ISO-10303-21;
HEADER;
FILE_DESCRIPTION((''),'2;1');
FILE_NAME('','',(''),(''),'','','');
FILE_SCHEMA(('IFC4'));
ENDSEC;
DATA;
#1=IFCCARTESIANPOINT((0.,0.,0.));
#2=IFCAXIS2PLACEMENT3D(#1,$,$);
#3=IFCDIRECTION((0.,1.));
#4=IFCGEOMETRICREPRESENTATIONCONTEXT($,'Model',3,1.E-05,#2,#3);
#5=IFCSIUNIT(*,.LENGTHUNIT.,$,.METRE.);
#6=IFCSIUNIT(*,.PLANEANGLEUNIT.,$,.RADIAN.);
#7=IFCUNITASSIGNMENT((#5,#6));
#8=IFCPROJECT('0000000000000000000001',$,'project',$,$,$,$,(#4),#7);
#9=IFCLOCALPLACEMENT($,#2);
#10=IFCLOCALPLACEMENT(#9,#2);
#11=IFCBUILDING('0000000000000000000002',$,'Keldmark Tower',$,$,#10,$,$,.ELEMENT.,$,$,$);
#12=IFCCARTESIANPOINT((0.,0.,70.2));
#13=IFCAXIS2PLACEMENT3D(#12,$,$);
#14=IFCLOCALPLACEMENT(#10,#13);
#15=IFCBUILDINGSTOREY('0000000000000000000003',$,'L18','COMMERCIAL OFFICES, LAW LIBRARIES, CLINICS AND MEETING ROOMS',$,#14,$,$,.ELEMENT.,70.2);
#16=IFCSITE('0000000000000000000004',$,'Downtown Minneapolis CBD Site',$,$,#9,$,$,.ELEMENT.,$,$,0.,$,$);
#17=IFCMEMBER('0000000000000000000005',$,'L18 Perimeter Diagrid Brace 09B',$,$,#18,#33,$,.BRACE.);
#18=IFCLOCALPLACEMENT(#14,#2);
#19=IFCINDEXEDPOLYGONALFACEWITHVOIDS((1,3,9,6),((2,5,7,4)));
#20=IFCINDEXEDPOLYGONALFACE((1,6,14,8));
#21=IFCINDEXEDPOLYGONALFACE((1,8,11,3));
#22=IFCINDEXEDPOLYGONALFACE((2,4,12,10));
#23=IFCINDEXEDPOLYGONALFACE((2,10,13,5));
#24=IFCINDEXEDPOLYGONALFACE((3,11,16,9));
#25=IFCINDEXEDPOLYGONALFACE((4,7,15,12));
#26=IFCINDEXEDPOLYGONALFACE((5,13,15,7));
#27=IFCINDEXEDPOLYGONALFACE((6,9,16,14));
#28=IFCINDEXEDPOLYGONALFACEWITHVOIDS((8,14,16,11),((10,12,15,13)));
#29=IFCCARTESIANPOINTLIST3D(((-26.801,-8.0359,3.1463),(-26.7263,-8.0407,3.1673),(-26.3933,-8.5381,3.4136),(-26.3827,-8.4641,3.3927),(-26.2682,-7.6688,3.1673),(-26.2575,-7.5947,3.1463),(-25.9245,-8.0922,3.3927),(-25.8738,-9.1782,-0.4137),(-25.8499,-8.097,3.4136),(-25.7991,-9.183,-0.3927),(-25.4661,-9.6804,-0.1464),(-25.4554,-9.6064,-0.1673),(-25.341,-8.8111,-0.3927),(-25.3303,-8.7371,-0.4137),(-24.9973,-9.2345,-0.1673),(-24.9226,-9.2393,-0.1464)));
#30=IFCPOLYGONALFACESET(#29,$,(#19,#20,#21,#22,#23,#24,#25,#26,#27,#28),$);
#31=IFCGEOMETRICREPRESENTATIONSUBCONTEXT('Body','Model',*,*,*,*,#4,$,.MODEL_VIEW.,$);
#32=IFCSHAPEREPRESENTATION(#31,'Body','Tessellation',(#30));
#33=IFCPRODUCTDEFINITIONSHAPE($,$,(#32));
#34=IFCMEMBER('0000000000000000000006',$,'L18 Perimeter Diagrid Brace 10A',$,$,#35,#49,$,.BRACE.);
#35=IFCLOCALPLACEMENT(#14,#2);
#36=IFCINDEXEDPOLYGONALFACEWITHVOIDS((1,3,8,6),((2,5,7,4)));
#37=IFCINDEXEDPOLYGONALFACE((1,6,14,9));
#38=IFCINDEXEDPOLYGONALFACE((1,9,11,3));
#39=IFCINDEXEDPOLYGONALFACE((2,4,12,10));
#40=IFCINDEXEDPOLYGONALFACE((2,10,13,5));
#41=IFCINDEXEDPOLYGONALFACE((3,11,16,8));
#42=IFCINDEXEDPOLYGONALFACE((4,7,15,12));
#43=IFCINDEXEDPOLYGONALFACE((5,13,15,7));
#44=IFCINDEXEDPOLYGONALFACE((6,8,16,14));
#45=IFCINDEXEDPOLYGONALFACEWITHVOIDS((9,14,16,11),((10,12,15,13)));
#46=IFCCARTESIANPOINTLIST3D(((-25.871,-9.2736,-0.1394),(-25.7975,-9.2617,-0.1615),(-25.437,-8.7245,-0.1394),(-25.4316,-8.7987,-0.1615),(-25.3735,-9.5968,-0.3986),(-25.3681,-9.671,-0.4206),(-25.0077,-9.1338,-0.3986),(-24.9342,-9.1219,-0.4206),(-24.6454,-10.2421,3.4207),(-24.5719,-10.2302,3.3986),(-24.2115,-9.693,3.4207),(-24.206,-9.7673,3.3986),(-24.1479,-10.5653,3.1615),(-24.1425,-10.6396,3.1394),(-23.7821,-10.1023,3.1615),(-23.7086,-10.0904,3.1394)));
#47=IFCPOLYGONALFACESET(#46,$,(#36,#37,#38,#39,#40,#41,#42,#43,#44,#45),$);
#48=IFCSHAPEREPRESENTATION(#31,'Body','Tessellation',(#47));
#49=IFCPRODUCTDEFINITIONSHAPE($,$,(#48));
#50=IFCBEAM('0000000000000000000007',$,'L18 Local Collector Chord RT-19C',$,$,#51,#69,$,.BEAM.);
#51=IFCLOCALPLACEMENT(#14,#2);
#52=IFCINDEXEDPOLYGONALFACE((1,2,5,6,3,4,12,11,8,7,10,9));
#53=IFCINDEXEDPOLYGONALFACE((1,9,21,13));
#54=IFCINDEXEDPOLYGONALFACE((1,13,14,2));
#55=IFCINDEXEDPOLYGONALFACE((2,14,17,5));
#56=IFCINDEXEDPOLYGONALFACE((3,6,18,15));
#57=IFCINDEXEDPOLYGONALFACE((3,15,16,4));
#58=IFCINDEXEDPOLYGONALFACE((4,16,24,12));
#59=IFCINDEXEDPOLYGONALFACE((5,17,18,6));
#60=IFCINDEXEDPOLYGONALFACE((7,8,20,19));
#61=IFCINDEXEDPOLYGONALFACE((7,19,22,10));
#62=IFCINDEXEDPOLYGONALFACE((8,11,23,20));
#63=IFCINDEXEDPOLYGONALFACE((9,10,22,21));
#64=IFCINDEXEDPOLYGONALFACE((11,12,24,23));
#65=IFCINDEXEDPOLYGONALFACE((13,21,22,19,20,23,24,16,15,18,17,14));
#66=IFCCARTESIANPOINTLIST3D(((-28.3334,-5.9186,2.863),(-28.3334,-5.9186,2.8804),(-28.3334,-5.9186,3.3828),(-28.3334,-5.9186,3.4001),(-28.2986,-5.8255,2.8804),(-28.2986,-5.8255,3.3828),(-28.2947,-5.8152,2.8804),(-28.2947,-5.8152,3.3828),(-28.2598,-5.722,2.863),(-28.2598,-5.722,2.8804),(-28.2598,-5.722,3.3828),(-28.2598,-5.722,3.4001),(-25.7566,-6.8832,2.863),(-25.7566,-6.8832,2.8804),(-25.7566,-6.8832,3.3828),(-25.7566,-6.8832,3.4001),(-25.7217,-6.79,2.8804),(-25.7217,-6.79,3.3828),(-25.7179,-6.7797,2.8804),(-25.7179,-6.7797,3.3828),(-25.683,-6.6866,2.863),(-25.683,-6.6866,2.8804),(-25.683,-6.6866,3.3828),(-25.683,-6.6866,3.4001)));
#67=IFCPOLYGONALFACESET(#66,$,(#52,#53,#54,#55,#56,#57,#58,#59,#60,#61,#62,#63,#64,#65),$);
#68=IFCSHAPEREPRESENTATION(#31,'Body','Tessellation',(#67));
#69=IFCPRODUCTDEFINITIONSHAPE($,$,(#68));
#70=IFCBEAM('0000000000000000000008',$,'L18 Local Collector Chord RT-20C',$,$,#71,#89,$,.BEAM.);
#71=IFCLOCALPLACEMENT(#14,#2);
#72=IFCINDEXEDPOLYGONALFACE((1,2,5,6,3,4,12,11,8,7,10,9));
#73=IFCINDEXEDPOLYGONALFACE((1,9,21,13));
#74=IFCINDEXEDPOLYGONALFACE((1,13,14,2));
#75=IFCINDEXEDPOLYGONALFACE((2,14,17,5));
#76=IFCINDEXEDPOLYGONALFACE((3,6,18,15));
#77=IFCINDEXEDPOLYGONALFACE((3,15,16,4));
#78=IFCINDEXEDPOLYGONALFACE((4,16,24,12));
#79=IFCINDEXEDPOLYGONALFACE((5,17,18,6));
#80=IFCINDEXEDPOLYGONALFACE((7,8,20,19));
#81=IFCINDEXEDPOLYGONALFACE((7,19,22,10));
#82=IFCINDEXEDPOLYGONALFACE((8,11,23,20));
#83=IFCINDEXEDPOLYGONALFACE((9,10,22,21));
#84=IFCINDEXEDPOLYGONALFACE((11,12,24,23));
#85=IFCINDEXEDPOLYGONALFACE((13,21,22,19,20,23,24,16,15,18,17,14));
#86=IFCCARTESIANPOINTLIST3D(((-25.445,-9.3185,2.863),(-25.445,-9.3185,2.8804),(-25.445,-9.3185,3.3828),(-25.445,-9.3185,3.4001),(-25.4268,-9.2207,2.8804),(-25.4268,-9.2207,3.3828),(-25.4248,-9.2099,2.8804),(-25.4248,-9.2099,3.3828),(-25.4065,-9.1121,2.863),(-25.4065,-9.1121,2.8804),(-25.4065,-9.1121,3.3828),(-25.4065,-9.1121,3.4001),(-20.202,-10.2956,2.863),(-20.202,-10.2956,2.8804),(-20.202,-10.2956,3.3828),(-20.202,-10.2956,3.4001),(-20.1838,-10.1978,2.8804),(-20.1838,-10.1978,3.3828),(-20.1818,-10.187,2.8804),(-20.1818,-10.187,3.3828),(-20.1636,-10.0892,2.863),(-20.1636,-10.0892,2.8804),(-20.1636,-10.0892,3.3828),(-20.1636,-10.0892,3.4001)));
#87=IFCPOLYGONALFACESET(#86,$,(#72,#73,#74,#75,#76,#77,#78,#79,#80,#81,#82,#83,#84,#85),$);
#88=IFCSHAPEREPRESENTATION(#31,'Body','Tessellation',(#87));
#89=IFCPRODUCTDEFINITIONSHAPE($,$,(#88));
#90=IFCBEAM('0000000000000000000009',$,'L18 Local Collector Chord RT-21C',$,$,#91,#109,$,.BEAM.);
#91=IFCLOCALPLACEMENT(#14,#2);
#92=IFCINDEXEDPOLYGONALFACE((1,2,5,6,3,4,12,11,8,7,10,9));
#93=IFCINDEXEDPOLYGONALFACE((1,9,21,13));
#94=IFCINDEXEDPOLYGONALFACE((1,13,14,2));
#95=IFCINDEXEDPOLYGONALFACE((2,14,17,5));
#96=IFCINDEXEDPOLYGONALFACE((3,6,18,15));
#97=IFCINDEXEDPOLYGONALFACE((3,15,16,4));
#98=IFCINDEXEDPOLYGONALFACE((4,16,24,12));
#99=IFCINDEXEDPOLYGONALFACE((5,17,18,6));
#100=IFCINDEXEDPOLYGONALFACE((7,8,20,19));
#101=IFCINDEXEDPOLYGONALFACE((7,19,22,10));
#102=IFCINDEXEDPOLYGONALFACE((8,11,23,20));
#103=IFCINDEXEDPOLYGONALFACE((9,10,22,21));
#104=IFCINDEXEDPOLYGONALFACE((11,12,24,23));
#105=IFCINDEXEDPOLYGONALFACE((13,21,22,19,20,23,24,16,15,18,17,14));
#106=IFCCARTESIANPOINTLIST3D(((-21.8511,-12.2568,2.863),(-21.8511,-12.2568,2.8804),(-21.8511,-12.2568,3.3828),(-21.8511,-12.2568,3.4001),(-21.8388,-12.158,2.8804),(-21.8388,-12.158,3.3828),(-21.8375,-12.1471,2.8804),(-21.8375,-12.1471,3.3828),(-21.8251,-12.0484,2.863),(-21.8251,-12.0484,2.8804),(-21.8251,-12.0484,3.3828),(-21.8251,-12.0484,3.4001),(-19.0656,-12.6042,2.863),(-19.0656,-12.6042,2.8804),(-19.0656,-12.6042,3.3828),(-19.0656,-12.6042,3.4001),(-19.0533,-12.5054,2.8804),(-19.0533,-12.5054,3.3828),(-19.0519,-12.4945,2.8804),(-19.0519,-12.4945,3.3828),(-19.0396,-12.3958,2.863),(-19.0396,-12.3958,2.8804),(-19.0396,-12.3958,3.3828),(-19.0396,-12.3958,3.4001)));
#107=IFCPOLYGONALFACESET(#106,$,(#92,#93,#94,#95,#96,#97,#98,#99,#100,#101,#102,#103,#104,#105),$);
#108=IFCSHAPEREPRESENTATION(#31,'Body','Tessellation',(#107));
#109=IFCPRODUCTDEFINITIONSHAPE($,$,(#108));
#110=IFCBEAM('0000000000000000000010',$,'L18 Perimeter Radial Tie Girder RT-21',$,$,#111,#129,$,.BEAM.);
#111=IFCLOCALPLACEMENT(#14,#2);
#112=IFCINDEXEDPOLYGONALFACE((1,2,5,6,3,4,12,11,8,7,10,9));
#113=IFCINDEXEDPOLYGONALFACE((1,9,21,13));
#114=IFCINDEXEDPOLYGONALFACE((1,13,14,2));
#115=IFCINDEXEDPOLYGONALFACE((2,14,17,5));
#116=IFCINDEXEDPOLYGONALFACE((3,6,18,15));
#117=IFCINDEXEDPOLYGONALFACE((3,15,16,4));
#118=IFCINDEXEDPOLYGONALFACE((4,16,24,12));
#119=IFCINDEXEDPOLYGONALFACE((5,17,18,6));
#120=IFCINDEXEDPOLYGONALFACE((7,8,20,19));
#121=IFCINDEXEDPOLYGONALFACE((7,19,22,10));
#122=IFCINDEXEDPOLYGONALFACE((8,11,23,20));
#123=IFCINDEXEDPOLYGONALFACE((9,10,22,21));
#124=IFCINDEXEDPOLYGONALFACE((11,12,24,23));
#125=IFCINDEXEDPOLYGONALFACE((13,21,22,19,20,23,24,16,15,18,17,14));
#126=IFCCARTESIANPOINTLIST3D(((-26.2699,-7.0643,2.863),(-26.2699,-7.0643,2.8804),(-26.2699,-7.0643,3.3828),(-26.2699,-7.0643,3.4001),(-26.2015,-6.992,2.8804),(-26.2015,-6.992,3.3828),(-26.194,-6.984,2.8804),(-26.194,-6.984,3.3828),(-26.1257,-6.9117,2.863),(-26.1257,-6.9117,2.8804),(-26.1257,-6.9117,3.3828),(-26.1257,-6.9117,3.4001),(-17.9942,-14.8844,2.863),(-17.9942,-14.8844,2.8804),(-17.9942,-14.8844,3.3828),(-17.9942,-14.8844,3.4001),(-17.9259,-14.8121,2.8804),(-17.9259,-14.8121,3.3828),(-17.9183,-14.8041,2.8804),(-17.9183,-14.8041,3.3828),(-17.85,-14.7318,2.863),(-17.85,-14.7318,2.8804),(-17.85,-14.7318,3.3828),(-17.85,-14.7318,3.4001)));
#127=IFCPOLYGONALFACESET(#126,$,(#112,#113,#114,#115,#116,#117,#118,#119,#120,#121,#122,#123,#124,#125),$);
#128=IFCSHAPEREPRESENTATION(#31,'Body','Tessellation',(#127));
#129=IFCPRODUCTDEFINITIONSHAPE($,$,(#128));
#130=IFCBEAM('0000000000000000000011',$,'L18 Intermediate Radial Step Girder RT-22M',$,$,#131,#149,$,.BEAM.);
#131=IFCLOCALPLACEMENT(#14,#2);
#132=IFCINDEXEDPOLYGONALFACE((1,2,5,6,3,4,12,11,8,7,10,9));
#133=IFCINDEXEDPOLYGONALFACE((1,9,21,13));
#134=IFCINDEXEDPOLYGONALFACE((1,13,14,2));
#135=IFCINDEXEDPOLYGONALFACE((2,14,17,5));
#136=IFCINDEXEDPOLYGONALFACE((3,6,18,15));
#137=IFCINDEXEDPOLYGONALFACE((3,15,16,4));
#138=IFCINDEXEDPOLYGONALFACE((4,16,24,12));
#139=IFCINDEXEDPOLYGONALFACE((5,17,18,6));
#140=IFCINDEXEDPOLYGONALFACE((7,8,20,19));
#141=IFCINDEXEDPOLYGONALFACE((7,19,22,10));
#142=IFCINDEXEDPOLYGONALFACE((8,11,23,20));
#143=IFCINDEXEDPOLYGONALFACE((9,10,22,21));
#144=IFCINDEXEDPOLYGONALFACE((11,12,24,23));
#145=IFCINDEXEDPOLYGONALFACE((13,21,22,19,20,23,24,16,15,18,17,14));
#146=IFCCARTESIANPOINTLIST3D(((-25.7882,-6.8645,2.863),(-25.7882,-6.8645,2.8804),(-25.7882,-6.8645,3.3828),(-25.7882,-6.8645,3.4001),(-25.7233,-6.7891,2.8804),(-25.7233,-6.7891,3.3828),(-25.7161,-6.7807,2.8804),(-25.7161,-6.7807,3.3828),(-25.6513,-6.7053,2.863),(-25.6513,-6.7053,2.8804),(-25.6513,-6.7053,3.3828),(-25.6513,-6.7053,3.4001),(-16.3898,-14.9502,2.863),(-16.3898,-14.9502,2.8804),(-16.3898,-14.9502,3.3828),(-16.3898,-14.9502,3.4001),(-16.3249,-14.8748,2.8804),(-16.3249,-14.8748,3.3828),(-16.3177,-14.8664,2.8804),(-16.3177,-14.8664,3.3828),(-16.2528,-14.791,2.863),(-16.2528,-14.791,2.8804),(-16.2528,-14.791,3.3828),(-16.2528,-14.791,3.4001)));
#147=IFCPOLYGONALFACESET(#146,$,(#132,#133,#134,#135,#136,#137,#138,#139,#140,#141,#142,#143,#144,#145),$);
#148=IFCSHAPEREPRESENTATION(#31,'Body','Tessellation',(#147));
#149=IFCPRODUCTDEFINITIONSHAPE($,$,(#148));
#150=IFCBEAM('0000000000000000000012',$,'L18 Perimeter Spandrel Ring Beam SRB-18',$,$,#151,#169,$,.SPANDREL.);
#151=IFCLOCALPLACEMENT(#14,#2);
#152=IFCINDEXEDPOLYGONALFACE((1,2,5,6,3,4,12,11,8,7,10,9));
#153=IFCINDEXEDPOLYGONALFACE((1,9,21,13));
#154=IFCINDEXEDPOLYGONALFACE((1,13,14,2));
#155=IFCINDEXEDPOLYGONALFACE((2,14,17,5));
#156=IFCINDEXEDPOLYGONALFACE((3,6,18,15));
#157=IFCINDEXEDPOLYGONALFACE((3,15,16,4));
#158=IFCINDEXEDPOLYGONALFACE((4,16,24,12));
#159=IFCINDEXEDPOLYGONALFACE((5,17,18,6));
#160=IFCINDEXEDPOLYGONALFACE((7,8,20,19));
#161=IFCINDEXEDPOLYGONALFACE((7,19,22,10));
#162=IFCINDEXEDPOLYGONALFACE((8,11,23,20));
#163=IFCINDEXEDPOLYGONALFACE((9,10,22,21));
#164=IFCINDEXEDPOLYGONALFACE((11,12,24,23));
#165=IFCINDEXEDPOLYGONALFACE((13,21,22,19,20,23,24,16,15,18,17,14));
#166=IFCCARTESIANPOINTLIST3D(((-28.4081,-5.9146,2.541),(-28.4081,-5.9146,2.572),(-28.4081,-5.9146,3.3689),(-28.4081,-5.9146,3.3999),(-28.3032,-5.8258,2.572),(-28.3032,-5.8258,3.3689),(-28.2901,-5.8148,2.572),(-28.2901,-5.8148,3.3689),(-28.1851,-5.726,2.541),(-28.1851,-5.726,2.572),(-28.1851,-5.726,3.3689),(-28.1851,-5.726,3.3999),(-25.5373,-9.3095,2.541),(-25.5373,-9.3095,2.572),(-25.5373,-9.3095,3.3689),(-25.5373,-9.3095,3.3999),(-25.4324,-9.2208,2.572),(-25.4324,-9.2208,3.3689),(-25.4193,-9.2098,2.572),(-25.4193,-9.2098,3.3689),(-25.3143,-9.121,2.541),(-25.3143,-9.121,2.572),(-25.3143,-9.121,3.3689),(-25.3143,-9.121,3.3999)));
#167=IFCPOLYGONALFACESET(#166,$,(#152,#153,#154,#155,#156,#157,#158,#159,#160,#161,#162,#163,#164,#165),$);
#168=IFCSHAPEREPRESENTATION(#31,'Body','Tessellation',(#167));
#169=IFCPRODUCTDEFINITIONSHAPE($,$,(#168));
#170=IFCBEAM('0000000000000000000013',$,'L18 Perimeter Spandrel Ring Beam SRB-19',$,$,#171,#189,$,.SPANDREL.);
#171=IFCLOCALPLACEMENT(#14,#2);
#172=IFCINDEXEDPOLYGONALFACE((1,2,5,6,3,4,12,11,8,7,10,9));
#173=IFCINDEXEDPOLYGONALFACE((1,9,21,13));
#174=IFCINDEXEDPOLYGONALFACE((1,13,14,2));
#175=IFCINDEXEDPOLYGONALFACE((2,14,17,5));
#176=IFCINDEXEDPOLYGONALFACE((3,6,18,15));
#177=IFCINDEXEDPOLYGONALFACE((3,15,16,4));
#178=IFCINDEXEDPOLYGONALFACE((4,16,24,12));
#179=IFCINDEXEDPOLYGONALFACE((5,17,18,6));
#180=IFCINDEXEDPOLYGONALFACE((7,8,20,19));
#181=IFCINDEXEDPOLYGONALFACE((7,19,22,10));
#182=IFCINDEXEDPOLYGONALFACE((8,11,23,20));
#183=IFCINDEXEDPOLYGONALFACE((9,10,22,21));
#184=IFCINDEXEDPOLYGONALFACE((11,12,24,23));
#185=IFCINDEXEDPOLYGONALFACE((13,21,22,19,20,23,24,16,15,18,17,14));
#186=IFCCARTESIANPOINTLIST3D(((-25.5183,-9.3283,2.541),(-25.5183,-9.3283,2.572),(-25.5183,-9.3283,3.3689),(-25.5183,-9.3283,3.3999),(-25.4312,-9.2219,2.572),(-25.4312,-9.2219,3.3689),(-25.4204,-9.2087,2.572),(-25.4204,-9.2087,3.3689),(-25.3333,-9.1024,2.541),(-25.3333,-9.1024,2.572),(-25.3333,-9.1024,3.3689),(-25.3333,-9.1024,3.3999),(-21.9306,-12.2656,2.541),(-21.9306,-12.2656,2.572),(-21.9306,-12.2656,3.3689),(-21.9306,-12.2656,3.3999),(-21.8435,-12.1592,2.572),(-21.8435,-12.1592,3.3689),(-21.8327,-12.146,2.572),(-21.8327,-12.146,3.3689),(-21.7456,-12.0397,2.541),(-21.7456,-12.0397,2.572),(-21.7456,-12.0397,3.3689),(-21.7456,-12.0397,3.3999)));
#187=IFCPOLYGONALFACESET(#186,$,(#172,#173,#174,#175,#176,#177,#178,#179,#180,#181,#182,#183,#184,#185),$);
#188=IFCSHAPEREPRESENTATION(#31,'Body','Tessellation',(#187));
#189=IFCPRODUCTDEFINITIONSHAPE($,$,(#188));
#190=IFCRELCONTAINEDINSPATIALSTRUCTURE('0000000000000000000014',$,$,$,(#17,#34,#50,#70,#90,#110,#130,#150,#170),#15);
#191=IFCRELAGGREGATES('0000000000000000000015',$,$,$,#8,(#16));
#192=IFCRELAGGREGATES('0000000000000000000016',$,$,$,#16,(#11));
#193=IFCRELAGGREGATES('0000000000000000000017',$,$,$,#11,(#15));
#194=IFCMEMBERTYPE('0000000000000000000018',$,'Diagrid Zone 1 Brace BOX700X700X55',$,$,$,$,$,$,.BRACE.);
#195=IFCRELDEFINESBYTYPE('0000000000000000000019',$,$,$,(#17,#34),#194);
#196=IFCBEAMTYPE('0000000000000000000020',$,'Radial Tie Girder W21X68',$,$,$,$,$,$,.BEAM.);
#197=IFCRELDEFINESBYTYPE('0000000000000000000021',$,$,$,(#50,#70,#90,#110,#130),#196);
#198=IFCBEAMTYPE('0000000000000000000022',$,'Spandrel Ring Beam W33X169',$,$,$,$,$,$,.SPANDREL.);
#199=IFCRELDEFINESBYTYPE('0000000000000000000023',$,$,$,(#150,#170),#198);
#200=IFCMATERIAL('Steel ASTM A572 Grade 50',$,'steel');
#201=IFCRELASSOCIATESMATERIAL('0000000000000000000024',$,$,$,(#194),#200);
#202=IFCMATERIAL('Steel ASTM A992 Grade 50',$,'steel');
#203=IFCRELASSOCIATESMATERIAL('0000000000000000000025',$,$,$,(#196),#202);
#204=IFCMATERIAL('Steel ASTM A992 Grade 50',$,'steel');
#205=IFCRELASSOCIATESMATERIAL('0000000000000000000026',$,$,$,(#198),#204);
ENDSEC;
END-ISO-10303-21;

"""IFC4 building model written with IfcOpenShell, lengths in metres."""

from ifc_helpers import new_model, si_unit, direction, frame, origin, origin_2d, place, context, subcontext, project, spatial, hollow_rectangle, i_section, extrude, material, material_profile, profile_set, type_object, element, save


model = new_model("IFC4")

# Units and contexts
model_context = context("Model", 3, precision=1e-05, world=origin(), true_north=direction((0.0, 1.0)))
body_context = subcontext(model_context, "Body", "Model", "MODEL_VIEW")
ifc_project = project(units=[si_unit("LENGTHUNIT", "METRE"), si_unit("PLANEANGLEUNIT", "RADIAN")], contexts=[model_context])

# Site, building, storey
site_placement = place(None, origin())
site = spatial("IfcSite", under=ifc_project, at=site_placement, Name="Downtown Minneapolis CBD Site", CompositionType="ELEMENT", RefElevation=0.0)
building_placement = place(site_placement, origin())
building = spatial("IfcBuilding", under=site, at=building_placement, Name="Keldmark Tower", CompositionType="ELEMENT")
storey_placement = place(building_placement, frame((0.0, 0.0, 70.2)))
storey = spatial("IfcBuildingStorey", under=building, at=storey_placement, Name="L18", Description="COMMERCIAL OFFICES, LAW LIBRARIES, CLINICS AND MEETING ROOMS", CompositionType="ELEMENT", Elevation=70.2)

# Members
ifc_material_1 = material(Name="Steel ASTM A572 Grade 50", Category="steel")
ifc_material_profile_1 = material_profile(ifc_material_1, hollow_rectangle(XDim=0.7, YDim=0.7, WallThickness=0.0549, at=origin_2d()), Name="BOX700X700X55")
ifc_profile_set_1 = profile_set([ifc_material_profile_1], Name="Steel ASTM A572 Grade 50")
member_type = type_object("IfcMemberType", Name="Diagrid Zone 1 Brace BOX700X700X55", PredefinedType="BRACE", material=ifc_profile_set_1)
member_1_placement = place(storey_placement, frame((-25.3982, -9.2087, -0.28), z_axis=(-0.240711, 0.296548, 0.924185), x_axis=(-0.776413, -0.630224, 0.0)))
element("IfcMember", 1, at=member_1_placement, inside=storey, type_object=member_type, Name="L18 Perimeter Diagrid Brace 09B", PredefinedType="BRACE", context=body_context, shape_type="SweptSolid", body=[
    extrude(hollow_rectangle(XDim=0.7, YDim=0.7, WallThickness=0.0549, at=origin_2d()), origin(), (0.0, 0.0, 1.0), 3.8521),
])
member_2_placement = place(storey_placement, frame((-25.4026, -9.1978, -0.28), z_axis=(0.315248, -0.249122, 0.915728), x_axis=(0.620014, 0.784591, 0.0)))
element("IfcMember", 2, at=member_2_placement, inside=storey, type_object=member_type, Name="L18 Perimeter Diagrid Brace 10A", PredefinedType="BRACE", context=body_context, shape_type="SweptSolid", body=[
    extrude(hollow_rectangle(XDim=0.7, YDim=0.7, WallThickness=0.0549, at=origin_2d()), origin(), (0.0, 0.0, 1.0), 3.8877),
])

# Beams
ifc_material_2 = material(Name="Steel ASTM A992 Grade 50", Category="steel")
ifc_material_profile_2 = material_profile(ifc_material_2, i_section(OverallWidth=0.21, OverallDepth=0.5371, WebThickness=0.011, FlangeThickness=0.0173, at=origin_2d()), Name="W21X68")
ifc_profile_set_2 = profile_set([ifc_material_profile_2], Name="Steel ASTM A992 Grade 50")
beam_type_1 = type_object("IfcBeamType", Name="Radial Tie Girder W21X68", PredefinedType="BEAM", material=ifc_profile_set_2)
beam_1_placement = place(storey_placement, frame((-28.2966, -5.8203, 3.1316), z_axis=(0.936537, -0.350569, 0.0), x_axis=(0.350569, 0.936537, 0.0)))
element("IfcBeam", 3, at=beam_1_placement, inside=storey, type_object=beam_type_1, Name="L18 Local Collector Chord RT-19C", PredefinedType="BEAM", context=body_context, shape_type="SweptSolid", body=[
    extrude(i_section(OverallWidth=0.21, OverallDepth=0.5371, WebThickness=0.011, FlangeThickness=0.0173, at=origin_2d()), origin(), (0.0, 0.0, 1.0), 2.7515),
])
beam_2_placement = place(storey_placement, frame((-25.4258, -9.2153, 3.1316), z_axis=(0.983075, -0.183202, 0.0), x_axis=(0.183202, 0.983075, 0.0)))
element("IfcBeam", 4, at=beam_2_placement, inside=storey, type_object=beam_type_1, Name="L18 Local Collector Chord RT-20C", PredefinedType="BEAM", context=body_context, shape_type="SweptSolid", body=[
    extrude(i_section(OverallWidth=0.21, OverallDepth=0.5371, WebThickness=0.011, FlangeThickness=0.0173, at=origin_2d()), origin(), (0.0, 0.0, 1.0), 5.3333),
])
beam_3_placement = place(storey_placement, frame((-21.8381, -12.1526, 3.1316), z_axis=(0.992313, -0.123756, 0.0), x_axis=(0.123756, 0.992313, 0.0)))
element("IfcBeam", 5, at=beam_3_placement, inside=storey, type_object=beam_type_1, Name="L18 Local Collector Chord RT-21C", PredefinedType="BEAM", context=body_context, shape_type="SweptSolid", body=[
    extrude(i_section(OverallWidth=0.21, OverallDepth=0.5371, WebThickness=0.011, FlangeThickness=0.0173, at=origin_2d()), origin(), (0.0, 0.0, 1.0), 2.8071),
])
beam_4_placement = place(storey_placement, frame((-26.1978, -6.988, 3.1316), z_axis=(0.726829, -0.686818, 0.0), x_axis=(0.686818, 0.726829, 0.0)))
element("IfcBeam", 6, at=beam_4_placement, inside=storey, type_object=beam_type_1, Name="L18 Perimeter Radial Tie Girder RT-21", PredefinedType="BEAM", context=body_context, shape_type="SweptSolid", body=[
    extrude(i_section(OverallWidth=0.21, OverallDepth=0.5371, WebThickness=0.011, FlangeThickness=0.0173, at=origin_2d()), origin(), (0.0, 0.0, 1.0), 11.386),
])
beam_5_placement = place(storey_placement, frame((-25.7197, -6.7849, 3.1316), z_axis=(0.758064, -0.65218, 0.0), x_axis=(0.65218, 0.758064, 0.0)))
element("IfcBeam", 7, at=beam_5_placement, inside=storey, type_object=beam_type_1, Name="L18 Intermediate Radial Step Girder RT-22M", PredefinedType="BEAM", context=body_context, shape_type="SweptSolid", body=[
    extrude(i_section(OverallWidth=0.21, OverallDepth=0.5371, WebThickness=0.011, FlangeThickness=0.0173, at=origin_2d()), origin(), (0.0, 0.0, 1.0), 12.3979),
])
ifc_material_3 = material(Name="Steel ASTM A992 Grade 50", Category="steel")
ifc_material_profile_3 = material_profile(ifc_material_3, i_section(OverallWidth=0.292, OverallDepth=0.8589, WebThickness=0.0171, FlangeThickness=0.031, at=origin_2d()), Name="W33X169")
ifc_profile_set_3 = profile_set([ifc_material_profile_3], Name="Steel ASTM A992 Grade 50")
beam_type_2 = type_object("IfcBeamType", Name="Spandrel Ring Beam W33X169", PredefinedType="SPANDREL", material=ifc_profile_set_3)
beam_6_placement = place(storey_placement, frame((-28.2966, -5.8203, 2.9705), z_axis=(0.645699, -0.763592, 0.0), x_axis=(0.763592, 0.645699, 0.0)))
element("IfcBeam", 8, at=beam_6_placement, inside=storey, type_object=beam_type_2, Name="L18 Perimeter Spandrel Ring Beam SRB-18", PredefinedType="SPANDREL", context=body_context, shape_type="SweptSolid", body=[
    extrude(i_section(OverallWidth=0.292, OverallDepth=0.8589, WebThickness=0.0171, FlangeThickness=0.031, at=origin_2d()), origin(), (0.0, 0.0, 1.0), 4.446),
])
beam_7_placement = place(storey_placement, frame((-25.4258, -9.2153, 2.9705), z_axis=(0.773756, -0.633484, 0.0), x_axis=(0.633484, 0.773756, 0.0)))
element("IfcBeam", 9, at=beam_7_placement, inside=storey, type_object=beam_type_2, Name="L18 Perimeter Spandrel Ring Beam SRB-19", PredefinedType="SPANDREL", context=body_context, shape_type="SweptSolid", body=[
    extrude(i_section(OverallWidth=0.292, OverallDepth=0.8589, WebThickness=0.0171, FlangeThickness=0.031, at=origin_2d()), origin(), (0.0, 0.0, 1.0), 4.6367),
])

save(model, "model.ifc")
